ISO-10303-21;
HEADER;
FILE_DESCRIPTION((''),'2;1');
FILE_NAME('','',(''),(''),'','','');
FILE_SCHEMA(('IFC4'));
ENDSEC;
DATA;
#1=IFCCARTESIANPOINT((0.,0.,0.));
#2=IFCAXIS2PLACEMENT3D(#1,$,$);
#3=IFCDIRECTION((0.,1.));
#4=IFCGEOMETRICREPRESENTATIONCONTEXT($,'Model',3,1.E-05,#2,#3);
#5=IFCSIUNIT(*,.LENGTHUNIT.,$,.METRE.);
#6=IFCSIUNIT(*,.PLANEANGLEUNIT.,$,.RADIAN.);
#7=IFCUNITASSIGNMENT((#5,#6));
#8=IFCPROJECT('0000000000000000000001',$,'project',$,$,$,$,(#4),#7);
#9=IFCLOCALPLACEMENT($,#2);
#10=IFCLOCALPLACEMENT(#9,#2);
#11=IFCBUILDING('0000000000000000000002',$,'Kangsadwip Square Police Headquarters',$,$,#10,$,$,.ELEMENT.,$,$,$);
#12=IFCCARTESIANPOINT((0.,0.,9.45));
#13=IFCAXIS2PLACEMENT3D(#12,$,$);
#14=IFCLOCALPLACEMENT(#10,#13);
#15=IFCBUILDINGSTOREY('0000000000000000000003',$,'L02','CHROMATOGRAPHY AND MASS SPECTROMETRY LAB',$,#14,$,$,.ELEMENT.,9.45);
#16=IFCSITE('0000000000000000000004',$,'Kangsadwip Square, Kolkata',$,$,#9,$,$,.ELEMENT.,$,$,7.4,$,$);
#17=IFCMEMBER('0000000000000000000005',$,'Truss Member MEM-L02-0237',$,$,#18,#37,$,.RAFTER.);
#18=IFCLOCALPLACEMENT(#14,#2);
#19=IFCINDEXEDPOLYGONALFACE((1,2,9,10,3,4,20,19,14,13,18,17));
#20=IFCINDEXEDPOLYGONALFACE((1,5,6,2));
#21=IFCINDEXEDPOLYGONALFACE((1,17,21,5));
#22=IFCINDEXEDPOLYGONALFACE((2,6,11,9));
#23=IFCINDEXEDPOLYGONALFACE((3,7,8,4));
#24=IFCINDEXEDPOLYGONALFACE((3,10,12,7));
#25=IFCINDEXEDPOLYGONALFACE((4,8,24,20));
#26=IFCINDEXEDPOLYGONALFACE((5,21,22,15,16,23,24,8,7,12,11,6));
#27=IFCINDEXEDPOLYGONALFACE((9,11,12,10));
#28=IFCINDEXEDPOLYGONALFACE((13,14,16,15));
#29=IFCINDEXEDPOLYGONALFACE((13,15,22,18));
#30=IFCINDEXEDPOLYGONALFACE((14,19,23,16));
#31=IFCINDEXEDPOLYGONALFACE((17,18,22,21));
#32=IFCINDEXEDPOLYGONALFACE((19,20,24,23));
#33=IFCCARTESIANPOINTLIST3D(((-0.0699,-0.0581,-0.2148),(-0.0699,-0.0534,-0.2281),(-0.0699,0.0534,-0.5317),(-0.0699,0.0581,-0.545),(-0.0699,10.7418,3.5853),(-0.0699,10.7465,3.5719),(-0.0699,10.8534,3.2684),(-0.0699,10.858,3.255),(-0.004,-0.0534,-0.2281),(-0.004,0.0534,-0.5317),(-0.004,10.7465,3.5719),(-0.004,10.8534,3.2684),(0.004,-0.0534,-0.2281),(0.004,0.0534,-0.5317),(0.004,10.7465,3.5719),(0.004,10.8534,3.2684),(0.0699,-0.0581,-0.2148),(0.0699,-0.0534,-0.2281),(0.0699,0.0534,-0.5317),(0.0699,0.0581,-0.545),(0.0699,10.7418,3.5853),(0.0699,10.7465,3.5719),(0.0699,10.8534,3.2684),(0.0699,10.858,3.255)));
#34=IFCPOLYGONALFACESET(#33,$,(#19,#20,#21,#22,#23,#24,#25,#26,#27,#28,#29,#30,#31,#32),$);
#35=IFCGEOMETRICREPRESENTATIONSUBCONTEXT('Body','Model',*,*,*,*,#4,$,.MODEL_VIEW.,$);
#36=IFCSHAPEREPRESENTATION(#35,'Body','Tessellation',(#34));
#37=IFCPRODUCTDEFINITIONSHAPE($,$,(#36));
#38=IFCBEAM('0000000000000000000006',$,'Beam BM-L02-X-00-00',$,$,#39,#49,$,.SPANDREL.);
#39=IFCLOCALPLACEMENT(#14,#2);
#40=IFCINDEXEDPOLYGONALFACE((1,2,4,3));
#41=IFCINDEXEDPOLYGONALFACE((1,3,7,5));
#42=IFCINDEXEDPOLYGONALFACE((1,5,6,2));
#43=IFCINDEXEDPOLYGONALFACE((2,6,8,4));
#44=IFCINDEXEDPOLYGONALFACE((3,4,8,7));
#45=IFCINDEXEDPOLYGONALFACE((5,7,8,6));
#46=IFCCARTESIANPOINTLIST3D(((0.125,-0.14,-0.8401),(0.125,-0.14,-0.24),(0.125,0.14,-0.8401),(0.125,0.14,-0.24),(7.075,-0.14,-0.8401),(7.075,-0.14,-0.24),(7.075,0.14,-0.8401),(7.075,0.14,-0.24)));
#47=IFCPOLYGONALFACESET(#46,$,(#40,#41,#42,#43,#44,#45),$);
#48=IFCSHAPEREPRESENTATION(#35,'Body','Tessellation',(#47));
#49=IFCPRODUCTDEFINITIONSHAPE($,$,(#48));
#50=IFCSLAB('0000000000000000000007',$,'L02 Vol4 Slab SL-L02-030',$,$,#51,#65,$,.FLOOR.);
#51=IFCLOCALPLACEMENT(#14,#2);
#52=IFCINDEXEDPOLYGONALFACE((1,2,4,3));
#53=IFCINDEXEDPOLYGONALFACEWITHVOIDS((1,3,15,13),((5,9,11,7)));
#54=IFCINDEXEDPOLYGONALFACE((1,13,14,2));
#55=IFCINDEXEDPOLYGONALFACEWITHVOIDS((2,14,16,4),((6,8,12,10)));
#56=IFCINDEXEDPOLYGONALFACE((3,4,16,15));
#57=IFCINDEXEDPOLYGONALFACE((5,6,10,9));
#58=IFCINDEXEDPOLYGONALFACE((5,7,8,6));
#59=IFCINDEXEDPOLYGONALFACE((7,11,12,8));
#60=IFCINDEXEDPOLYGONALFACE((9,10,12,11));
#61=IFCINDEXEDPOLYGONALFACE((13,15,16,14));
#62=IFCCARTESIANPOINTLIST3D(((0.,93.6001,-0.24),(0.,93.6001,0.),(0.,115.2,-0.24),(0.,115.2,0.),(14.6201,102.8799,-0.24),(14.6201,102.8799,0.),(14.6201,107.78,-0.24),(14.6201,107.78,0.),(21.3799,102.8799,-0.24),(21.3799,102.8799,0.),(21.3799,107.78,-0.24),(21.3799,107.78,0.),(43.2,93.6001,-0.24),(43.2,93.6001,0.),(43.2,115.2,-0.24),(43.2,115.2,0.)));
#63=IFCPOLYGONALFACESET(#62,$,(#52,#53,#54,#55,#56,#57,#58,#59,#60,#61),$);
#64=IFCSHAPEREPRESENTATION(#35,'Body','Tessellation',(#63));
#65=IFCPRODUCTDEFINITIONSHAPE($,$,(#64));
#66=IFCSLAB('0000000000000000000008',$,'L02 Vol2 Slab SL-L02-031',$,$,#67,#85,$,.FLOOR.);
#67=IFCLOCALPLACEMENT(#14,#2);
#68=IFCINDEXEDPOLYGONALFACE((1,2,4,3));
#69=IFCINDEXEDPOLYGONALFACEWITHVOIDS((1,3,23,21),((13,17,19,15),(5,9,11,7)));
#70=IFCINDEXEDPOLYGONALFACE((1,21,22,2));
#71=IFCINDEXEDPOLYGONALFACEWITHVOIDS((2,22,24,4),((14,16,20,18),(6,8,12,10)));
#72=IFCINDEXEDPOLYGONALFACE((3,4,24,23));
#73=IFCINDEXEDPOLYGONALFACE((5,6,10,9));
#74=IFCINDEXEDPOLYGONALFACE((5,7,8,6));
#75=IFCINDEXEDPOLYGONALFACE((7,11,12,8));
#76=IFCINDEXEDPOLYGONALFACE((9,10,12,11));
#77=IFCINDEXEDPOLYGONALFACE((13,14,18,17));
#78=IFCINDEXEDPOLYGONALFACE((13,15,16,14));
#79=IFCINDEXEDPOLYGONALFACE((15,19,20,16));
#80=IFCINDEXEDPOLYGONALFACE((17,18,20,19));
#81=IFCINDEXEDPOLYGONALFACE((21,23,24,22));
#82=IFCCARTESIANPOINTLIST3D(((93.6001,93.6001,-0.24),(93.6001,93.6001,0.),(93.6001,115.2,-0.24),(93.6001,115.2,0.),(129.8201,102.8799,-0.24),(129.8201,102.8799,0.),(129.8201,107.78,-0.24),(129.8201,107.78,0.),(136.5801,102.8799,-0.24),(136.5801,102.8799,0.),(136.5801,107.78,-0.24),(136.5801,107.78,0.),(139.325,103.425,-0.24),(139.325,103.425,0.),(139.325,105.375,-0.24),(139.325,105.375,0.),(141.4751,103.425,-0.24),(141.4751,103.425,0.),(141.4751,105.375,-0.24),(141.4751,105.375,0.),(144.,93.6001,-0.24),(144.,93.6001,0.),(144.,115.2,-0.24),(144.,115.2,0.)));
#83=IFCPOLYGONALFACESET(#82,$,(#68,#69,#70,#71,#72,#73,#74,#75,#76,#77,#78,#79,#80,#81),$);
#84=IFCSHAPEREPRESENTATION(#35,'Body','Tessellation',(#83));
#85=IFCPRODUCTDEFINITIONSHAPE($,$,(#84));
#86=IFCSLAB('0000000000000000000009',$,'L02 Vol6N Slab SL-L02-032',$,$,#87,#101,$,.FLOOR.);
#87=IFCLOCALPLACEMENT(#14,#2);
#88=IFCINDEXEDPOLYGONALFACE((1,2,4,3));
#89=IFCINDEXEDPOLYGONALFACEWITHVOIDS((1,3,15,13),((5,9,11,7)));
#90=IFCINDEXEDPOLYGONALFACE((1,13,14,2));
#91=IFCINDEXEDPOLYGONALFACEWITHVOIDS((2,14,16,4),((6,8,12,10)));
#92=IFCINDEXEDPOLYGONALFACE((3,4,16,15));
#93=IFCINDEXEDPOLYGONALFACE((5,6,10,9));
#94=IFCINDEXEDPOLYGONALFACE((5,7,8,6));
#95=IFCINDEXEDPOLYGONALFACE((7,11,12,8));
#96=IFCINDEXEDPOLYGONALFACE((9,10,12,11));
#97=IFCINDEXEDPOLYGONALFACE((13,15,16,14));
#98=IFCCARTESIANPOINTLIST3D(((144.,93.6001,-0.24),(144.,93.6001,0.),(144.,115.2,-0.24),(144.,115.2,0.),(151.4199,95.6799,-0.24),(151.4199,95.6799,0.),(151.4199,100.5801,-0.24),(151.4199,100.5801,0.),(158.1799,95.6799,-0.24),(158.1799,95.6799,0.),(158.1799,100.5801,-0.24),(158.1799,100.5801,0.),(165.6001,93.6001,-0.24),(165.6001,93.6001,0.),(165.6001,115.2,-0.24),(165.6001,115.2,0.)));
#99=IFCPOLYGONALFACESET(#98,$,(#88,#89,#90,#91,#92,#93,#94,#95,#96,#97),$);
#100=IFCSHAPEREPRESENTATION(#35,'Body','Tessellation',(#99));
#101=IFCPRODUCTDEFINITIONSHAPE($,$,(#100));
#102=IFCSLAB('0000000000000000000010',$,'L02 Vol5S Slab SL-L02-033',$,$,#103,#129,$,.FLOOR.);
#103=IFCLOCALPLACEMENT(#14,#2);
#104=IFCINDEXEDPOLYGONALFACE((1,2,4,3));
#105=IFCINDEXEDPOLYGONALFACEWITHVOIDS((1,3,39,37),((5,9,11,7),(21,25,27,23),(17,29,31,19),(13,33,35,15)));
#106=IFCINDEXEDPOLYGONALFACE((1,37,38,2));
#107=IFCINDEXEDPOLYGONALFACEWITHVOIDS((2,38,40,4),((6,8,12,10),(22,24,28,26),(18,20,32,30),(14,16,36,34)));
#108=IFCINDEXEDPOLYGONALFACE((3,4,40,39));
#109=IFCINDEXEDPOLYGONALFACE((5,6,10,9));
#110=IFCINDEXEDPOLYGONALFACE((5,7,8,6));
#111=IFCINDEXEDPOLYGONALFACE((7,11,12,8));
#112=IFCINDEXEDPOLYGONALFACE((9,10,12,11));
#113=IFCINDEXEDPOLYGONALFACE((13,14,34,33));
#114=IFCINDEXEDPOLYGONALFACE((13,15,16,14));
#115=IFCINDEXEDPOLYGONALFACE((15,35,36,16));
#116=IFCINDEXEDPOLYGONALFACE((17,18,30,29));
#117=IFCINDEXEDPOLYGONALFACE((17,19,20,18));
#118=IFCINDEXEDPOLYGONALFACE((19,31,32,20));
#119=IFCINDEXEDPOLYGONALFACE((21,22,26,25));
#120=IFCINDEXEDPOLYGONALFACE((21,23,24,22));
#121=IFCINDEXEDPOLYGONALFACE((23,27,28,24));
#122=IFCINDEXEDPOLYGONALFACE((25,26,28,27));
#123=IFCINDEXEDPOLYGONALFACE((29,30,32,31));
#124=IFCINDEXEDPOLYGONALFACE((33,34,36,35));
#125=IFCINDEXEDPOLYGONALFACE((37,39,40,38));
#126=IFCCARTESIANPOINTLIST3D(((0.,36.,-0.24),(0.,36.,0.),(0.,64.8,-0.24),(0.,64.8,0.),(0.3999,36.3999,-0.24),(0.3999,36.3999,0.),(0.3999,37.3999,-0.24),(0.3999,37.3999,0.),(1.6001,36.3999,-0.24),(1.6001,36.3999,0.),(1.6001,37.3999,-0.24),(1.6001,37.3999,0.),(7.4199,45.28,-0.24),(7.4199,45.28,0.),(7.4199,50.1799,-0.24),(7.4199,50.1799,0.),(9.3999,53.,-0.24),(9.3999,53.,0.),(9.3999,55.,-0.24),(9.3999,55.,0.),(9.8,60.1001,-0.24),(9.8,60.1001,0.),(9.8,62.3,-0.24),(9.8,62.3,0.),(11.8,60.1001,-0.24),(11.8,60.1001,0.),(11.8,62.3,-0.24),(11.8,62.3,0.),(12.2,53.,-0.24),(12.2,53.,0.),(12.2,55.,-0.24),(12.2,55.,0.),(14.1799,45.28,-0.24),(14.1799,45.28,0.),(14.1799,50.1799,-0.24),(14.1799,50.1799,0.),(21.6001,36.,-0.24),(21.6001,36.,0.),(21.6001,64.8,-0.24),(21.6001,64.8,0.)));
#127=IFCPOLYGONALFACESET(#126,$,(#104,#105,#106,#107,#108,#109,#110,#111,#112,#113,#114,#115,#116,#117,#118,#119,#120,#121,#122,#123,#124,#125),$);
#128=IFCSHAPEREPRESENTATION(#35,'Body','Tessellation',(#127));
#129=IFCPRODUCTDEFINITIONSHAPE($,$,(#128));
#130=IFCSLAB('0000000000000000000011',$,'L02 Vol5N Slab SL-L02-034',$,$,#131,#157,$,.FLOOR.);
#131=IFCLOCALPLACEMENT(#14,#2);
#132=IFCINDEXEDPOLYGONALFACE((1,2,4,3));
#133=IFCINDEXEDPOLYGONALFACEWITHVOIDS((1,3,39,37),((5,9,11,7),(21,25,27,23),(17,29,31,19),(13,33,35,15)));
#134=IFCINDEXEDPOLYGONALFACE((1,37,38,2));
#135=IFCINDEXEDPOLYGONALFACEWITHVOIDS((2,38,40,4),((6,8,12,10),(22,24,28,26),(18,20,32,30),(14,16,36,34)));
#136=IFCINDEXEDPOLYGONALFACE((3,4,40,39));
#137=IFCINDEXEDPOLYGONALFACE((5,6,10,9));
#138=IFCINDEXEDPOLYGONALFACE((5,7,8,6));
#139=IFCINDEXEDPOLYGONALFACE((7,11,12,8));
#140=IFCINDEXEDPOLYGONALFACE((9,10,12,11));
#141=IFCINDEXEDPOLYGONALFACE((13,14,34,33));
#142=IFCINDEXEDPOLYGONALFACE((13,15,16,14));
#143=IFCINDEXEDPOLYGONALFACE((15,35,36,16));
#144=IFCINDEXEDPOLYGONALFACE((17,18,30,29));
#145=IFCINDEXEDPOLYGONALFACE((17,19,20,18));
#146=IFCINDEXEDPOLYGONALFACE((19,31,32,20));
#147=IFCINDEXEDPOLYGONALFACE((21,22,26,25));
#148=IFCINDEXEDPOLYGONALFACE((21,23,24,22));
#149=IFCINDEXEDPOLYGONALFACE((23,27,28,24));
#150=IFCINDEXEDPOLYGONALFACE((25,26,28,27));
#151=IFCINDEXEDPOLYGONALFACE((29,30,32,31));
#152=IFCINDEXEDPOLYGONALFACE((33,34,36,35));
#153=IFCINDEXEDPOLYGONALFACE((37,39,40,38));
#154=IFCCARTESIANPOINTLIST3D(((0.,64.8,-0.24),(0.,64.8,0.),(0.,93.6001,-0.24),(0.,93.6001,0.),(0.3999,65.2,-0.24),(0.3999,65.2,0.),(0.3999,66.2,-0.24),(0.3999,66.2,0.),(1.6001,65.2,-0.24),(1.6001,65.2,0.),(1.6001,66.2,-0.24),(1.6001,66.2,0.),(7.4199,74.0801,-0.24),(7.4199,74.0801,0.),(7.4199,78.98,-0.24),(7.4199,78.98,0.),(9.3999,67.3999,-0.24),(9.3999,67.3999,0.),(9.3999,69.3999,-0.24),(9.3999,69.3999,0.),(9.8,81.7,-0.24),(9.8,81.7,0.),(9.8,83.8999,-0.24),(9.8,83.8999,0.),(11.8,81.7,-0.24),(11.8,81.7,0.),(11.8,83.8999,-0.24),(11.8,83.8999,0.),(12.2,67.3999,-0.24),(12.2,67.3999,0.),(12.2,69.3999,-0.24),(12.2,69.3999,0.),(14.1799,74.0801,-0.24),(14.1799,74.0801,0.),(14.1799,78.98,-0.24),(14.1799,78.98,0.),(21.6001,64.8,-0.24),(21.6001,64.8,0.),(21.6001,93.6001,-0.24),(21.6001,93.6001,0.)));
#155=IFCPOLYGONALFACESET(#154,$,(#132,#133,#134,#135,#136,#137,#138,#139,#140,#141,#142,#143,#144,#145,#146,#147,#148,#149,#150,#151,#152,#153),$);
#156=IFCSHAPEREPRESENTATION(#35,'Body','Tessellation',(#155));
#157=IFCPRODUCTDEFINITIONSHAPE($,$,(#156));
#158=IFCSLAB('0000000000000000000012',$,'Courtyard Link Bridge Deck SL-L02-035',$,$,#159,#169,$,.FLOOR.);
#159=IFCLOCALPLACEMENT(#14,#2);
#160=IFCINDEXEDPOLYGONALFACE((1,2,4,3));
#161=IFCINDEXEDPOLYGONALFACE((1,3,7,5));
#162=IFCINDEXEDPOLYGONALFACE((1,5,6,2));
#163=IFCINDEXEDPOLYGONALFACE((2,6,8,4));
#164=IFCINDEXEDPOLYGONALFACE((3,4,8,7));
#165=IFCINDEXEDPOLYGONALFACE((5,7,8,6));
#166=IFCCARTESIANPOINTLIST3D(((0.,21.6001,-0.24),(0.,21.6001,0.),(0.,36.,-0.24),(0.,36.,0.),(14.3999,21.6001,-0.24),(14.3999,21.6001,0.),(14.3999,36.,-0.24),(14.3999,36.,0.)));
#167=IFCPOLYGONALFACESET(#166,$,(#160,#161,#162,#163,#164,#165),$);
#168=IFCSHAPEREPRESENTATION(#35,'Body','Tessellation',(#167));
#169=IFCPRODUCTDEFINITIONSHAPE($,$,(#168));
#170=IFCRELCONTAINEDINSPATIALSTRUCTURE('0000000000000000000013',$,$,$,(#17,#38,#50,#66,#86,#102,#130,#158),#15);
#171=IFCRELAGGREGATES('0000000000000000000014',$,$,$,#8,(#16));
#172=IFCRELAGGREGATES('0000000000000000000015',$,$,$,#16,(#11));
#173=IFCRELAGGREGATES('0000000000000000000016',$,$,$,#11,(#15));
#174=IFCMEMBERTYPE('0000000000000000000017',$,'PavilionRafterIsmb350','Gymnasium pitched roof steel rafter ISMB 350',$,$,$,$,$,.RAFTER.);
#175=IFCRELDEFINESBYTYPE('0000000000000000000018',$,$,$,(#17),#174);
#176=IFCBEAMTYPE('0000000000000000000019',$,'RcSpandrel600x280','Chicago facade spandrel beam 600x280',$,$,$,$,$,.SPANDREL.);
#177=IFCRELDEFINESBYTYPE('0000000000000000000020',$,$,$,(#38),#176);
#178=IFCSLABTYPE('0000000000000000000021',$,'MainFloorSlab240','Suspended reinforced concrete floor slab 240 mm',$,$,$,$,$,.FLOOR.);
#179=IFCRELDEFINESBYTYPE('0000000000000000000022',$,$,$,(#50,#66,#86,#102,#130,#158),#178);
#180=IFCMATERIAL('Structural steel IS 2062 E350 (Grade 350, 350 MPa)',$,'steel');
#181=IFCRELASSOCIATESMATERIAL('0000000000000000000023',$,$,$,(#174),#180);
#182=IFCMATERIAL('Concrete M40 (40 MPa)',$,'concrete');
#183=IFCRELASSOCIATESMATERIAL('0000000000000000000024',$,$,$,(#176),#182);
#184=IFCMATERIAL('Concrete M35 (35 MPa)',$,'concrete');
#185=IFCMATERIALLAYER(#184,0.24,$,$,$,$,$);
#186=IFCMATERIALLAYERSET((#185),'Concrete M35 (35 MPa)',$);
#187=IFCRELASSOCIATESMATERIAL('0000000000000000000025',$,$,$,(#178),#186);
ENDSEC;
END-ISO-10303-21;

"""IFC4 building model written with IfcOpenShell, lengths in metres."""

from ifc_helpers import new_model, si_unit, direction, frame, origin, origin_2d, place, context, subcontext, project, spatial, polyline, rectangle, i_section, outline, extrude, material, layer, layer_set, material_profile, profile_set, type_object, element, save


model = new_model("IFC4")

# Units and contexts
model_context = context("Model", 3, precision=1e-05, world=origin(), true_north=direction((0.0, 1.0)))
body_context = subcontext(model_context, "Body", "Model", "MODEL_VIEW")
ifc_project = project(units=[si_unit("LENGTHUNIT", "METRE"), si_unit("PLANEANGLEUNIT", "RADIAN")], contexts=[model_context])

# Site, building, storey
site_placement = place(None, origin())
site = spatial("IfcSite", under=ifc_project, at=site_placement, Name="Kangsadwip Square, Kolkata", CompositionType="ELEMENT", RefElevation=7.4)
building_placement = place(site_placement, origin())
building = spatial("IfcBuilding", under=site, at=building_placement, Name="Kangsadwip Square Police Headquarters", CompositionType="ELEMENT")
storey_placement = place(building_placement, frame((0.0, 0.0, 9.45)))
storey = spatial("IfcBuildingStorey", under=building, at=storey_placement, Name="L02", Description="CHROMATOGRAPHY AND MASS SPECTROMETRY LAB", CompositionType="ELEMENT", Elevation=9.45)

# Member
ifc_material_1 = material(Name="Structural steel IS 2062 E350 (Grade 350, 350 MPa)", Category="steel")
ifc_material_profile_1 = material_profile(ifc_material_1, i_section(OverallWidth=0.1399, OverallDepth=0.3501, WebThickness=0.0081, FlangeThickness=0.0142, at=origin_2d()), Name="ISMB 350")
ifc_profile_set_1 = profile_set([ifc_material_profile_1], Name="Structural steel IS 2062 E350 (Grade 350, 350 MPa)")
member_type = type_object("IfcMemberType", Name="PavilionRafterIsmb350", Description="Gymnasium pitched roof steel rafter ISMB 350", PredefinedType="RAFTER", material=ifc_profile_set_1)
member_placement = place(storey_placement, frame((0.0, 0.0, -0.3799), z_axis=(0.0, 0.943312, 0.331909), x_axis=(-1.0, 0.0, 0.0)))
element("IfcMember", 1, at=member_placement, inside=storey, type_object=member_type, Name="Truss Member MEM-L02-0237", PredefinedType="RAFTER", context=body_context, shape_type="SweptSolid", body=[
    extrude(i_section(OverallWidth=0.1399, OverallDepth=0.3501, WebThickness=0.0081, FlangeThickness=0.0142, at=origin_2d()), origin(), (0.0, 0.0, 1.0), 11.449),
])

# Beam
ifc_material_2 = material(Name="Concrete M40 (40 MPa)", Category="concrete")
ifc_material_profile_2 = material_profile(ifc_material_2, rectangle(XDim=0.28, YDim=0.6001, at=origin_2d()), Name="RC SPN 600X280")
ifc_profile_set_2 = profile_set([ifc_material_profile_2], Name="Concrete M40 (40 MPa)")
beam_type = type_object("IfcBeamType", Name="RcSpandrel600x280", Description="Chicago facade spandrel beam 600x280", PredefinedType="SPANDREL", material=ifc_profile_set_2)
beam_placement = place(storey_placement, frame((0.125, 0.0, -0.54), z_axis=(1.0, 0.0, 0.0), x_axis=(0.0, 1.0, 0.0)))
element("IfcBeam", 2, at=beam_placement, inside=storey, type_object=beam_type, Name="Beam BM-L02-X-00-00", PredefinedType="SPANDREL", context=body_context, shape_type="SweptSolid", body=[
    extrude(rectangle(XDim=0.28, YDim=0.6001, at=origin_2d()), origin(), (0.0, 0.0, 1.0), 6.95),
])

# Slabs
ifc_material_3 = material(Name="Concrete M35 (35 MPa)", Category="concrete")
ifc_layer_1 = layer(ifc_material_3, 0.24)
ifc_layer_set_1 = layer_set([ifc_layer_1], Name="Concrete M35 (35 MPa)")
slab_type_1 = type_object("IfcSlabType", Name="MainFloorSlab240", Description="Suspended reinforced concrete floor slab 240 mm", PredefinedType="FLOOR", material=ifc_layer_set_1)
slab_1_placement = place(storey_placement, frame((0.0, 0.0, -0.24)))
element("IfcSlab", 3, at=slab_1_placement, inside=storey, type_object=slab_type_1, Name="L02 Vol4 Slab SL-L02-030", PredefinedType="FLOOR", context=body_context, shape_type="SweptSolid", body=[
    extrude(outline(polyline([(0.0, 93.6001), (0.0, 115.2), (43.2, 115.2), (43.2, 93.6001), (0.0, 93.6001)]), holes=[polyline([(14.6201, 102.8799), (21.3799, 102.8799), (21.3799, 107.78), (14.6201, 107.78), (14.6201, 102.8799)])]), origin(), (0.0, 0.0, 1.0), 0.24),
])
slab_2_placement = place(storey_placement, frame((0.0, 0.0, -0.24)))
element("IfcSlab", 4, at=slab_2_placement, inside=storey, type_object=slab_type_1, Name="L02 Vol2 Slab SL-L02-031", PredefinedType="FLOOR", context=body_context, shape_type="SweptSolid", body=[
    extrude(outline(polyline([(93.6001, 93.6001), (93.6001, 115.2), (144.0, 115.2), (144.0, 93.6001), (93.6001, 93.6001)]), holes=[polyline([(136.5801, 102.8799), (136.5801, 107.78), (129.8201, 107.78), (129.8201, 102.8799), (136.5801, 102.8799)]), polyline([(141.4751, 103.425), (141.4751, 105.375), (139.325, 105.375), (139.325, 103.425), (141.4751, 103.425)])]), origin(), (0.0, 0.0, 1.0), 0.24),
])
slab_3_placement = place(storey_placement, frame((0.0, 0.0, -0.24)))
element("IfcSlab", 5, at=slab_3_placement, inside=storey, type_object=slab_type_1, Name="L02 Vol6N Slab SL-L02-032", PredefinedType="FLOOR", context=body_context, shape_type="SweptSolid", body=[
    extrude(outline(polyline([(144.0, 93.6001), (144.0, 115.2), (165.6001, 115.2), (165.6001, 93.6001), (144.0, 93.6001)]), holes=[polyline([(151.4199, 95.6799), (158.1799, 95.6799), (158.1799, 100.5801), (151.4199, 100.5801), (151.4199, 95.6799)])]), origin(), (0.0, 0.0, 1.0), 0.24),
])
slab_4_placement = place(storey_placement, frame((0.0, 0.0, -0.24)))
element("IfcSlab", 6, at=slab_4_placement, inside=storey, type_object=slab_type_1, Name="L02 Vol5S Slab SL-L02-033", PredefinedType="FLOOR", context=body_context, shape_type="SweptSolid", body=[
    extrude(outline(polyline([(0.0, 36.0), (0.0, 64.8), (21.6001, 64.8), (21.6001, 36.0), (0.0, 36.0)]), holes=[polyline([(1.6001, 37.3999), (0.3999, 37.3999), (0.3999, 36.3999), (1.6001, 36.3999), (1.6001, 37.3999)]), polyline([(14.1799, 45.28), (14.1799, 50.1799), (7.4199, 50.1799), (7.4199, 45.28), (14.1799, 45.28)]), polyline([(12.2, 55.0), (9.3999, 55.0), (9.3999, 53.0), (12.2, 53.0), (12.2, 55.0)]), polyline([(11.8, 62.3), (9.8, 62.3), (9.8, 60.1001), (11.8, 60.1001), (11.8, 62.3)])]), origin(), (0.0, 0.0, 1.0), 0.24),
])
slab_5_placement = place(storey_placement, frame((0.0, 0.0, -0.24)))
element("IfcSlab", 7, at=slab_5_placement, inside=storey, type_object=slab_type_1, Name="L02 Vol5N Slab SL-L02-034", PredefinedType="FLOOR", context=body_context, shape_type="SweptSolid", body=[
    extrude(outline(polyline([(0.0, 64.8), (0.0, 93.6001), (21.6001, 93.6001), (21.6001, 64.8), (0.0, 64.8)]), holes=[polyline([(1.6001, 66.2), (0.3999, 66.2), (0.3999, 65.2), (1.6001, 65.2), (1.6001, 66.2)]), polyline([(12.2, 69.3999), (9.3999, 69.3999), (9.3999, 67.3999), (12.2, 67.3999), (12.2, 69.3999)]), polyline([(14.1799, 74.0801), (14.1799, 78.98), (7.4199, 78.98), (7.4199, 74.0801), (14.1799, 74.0801)]), polyline([(11.8, 81.7), (11.8, 83.8999), (9.8, 83.8999), (9.8, 81.7), (11.8, 81.7)])]), origin(), (0.0, 0.0, 1.0), 0.24),
])
slab_6_placement = place(storey_placement, frame((0.0, 0.0, -0.24)))
element("IfcSlab", 8, at=slab_6_placement, inside=storey, type_object=slab_type_1, Name="Courtyard Link Bridge Deck SL-L02-035", PredefinedType="FLOOR", context=body_context, shape_type="SweptSolid", body=[
    extrude(outline(polyline([(0.0, 21.6001), (0.0, 36.0), (14.3999, 36.0), (14.3999, 21.6001), (0.0, 21.6001)])), origin(), (0.0, 0.0, 1.0), 0.24),
])

save(model, "model.ifc")
